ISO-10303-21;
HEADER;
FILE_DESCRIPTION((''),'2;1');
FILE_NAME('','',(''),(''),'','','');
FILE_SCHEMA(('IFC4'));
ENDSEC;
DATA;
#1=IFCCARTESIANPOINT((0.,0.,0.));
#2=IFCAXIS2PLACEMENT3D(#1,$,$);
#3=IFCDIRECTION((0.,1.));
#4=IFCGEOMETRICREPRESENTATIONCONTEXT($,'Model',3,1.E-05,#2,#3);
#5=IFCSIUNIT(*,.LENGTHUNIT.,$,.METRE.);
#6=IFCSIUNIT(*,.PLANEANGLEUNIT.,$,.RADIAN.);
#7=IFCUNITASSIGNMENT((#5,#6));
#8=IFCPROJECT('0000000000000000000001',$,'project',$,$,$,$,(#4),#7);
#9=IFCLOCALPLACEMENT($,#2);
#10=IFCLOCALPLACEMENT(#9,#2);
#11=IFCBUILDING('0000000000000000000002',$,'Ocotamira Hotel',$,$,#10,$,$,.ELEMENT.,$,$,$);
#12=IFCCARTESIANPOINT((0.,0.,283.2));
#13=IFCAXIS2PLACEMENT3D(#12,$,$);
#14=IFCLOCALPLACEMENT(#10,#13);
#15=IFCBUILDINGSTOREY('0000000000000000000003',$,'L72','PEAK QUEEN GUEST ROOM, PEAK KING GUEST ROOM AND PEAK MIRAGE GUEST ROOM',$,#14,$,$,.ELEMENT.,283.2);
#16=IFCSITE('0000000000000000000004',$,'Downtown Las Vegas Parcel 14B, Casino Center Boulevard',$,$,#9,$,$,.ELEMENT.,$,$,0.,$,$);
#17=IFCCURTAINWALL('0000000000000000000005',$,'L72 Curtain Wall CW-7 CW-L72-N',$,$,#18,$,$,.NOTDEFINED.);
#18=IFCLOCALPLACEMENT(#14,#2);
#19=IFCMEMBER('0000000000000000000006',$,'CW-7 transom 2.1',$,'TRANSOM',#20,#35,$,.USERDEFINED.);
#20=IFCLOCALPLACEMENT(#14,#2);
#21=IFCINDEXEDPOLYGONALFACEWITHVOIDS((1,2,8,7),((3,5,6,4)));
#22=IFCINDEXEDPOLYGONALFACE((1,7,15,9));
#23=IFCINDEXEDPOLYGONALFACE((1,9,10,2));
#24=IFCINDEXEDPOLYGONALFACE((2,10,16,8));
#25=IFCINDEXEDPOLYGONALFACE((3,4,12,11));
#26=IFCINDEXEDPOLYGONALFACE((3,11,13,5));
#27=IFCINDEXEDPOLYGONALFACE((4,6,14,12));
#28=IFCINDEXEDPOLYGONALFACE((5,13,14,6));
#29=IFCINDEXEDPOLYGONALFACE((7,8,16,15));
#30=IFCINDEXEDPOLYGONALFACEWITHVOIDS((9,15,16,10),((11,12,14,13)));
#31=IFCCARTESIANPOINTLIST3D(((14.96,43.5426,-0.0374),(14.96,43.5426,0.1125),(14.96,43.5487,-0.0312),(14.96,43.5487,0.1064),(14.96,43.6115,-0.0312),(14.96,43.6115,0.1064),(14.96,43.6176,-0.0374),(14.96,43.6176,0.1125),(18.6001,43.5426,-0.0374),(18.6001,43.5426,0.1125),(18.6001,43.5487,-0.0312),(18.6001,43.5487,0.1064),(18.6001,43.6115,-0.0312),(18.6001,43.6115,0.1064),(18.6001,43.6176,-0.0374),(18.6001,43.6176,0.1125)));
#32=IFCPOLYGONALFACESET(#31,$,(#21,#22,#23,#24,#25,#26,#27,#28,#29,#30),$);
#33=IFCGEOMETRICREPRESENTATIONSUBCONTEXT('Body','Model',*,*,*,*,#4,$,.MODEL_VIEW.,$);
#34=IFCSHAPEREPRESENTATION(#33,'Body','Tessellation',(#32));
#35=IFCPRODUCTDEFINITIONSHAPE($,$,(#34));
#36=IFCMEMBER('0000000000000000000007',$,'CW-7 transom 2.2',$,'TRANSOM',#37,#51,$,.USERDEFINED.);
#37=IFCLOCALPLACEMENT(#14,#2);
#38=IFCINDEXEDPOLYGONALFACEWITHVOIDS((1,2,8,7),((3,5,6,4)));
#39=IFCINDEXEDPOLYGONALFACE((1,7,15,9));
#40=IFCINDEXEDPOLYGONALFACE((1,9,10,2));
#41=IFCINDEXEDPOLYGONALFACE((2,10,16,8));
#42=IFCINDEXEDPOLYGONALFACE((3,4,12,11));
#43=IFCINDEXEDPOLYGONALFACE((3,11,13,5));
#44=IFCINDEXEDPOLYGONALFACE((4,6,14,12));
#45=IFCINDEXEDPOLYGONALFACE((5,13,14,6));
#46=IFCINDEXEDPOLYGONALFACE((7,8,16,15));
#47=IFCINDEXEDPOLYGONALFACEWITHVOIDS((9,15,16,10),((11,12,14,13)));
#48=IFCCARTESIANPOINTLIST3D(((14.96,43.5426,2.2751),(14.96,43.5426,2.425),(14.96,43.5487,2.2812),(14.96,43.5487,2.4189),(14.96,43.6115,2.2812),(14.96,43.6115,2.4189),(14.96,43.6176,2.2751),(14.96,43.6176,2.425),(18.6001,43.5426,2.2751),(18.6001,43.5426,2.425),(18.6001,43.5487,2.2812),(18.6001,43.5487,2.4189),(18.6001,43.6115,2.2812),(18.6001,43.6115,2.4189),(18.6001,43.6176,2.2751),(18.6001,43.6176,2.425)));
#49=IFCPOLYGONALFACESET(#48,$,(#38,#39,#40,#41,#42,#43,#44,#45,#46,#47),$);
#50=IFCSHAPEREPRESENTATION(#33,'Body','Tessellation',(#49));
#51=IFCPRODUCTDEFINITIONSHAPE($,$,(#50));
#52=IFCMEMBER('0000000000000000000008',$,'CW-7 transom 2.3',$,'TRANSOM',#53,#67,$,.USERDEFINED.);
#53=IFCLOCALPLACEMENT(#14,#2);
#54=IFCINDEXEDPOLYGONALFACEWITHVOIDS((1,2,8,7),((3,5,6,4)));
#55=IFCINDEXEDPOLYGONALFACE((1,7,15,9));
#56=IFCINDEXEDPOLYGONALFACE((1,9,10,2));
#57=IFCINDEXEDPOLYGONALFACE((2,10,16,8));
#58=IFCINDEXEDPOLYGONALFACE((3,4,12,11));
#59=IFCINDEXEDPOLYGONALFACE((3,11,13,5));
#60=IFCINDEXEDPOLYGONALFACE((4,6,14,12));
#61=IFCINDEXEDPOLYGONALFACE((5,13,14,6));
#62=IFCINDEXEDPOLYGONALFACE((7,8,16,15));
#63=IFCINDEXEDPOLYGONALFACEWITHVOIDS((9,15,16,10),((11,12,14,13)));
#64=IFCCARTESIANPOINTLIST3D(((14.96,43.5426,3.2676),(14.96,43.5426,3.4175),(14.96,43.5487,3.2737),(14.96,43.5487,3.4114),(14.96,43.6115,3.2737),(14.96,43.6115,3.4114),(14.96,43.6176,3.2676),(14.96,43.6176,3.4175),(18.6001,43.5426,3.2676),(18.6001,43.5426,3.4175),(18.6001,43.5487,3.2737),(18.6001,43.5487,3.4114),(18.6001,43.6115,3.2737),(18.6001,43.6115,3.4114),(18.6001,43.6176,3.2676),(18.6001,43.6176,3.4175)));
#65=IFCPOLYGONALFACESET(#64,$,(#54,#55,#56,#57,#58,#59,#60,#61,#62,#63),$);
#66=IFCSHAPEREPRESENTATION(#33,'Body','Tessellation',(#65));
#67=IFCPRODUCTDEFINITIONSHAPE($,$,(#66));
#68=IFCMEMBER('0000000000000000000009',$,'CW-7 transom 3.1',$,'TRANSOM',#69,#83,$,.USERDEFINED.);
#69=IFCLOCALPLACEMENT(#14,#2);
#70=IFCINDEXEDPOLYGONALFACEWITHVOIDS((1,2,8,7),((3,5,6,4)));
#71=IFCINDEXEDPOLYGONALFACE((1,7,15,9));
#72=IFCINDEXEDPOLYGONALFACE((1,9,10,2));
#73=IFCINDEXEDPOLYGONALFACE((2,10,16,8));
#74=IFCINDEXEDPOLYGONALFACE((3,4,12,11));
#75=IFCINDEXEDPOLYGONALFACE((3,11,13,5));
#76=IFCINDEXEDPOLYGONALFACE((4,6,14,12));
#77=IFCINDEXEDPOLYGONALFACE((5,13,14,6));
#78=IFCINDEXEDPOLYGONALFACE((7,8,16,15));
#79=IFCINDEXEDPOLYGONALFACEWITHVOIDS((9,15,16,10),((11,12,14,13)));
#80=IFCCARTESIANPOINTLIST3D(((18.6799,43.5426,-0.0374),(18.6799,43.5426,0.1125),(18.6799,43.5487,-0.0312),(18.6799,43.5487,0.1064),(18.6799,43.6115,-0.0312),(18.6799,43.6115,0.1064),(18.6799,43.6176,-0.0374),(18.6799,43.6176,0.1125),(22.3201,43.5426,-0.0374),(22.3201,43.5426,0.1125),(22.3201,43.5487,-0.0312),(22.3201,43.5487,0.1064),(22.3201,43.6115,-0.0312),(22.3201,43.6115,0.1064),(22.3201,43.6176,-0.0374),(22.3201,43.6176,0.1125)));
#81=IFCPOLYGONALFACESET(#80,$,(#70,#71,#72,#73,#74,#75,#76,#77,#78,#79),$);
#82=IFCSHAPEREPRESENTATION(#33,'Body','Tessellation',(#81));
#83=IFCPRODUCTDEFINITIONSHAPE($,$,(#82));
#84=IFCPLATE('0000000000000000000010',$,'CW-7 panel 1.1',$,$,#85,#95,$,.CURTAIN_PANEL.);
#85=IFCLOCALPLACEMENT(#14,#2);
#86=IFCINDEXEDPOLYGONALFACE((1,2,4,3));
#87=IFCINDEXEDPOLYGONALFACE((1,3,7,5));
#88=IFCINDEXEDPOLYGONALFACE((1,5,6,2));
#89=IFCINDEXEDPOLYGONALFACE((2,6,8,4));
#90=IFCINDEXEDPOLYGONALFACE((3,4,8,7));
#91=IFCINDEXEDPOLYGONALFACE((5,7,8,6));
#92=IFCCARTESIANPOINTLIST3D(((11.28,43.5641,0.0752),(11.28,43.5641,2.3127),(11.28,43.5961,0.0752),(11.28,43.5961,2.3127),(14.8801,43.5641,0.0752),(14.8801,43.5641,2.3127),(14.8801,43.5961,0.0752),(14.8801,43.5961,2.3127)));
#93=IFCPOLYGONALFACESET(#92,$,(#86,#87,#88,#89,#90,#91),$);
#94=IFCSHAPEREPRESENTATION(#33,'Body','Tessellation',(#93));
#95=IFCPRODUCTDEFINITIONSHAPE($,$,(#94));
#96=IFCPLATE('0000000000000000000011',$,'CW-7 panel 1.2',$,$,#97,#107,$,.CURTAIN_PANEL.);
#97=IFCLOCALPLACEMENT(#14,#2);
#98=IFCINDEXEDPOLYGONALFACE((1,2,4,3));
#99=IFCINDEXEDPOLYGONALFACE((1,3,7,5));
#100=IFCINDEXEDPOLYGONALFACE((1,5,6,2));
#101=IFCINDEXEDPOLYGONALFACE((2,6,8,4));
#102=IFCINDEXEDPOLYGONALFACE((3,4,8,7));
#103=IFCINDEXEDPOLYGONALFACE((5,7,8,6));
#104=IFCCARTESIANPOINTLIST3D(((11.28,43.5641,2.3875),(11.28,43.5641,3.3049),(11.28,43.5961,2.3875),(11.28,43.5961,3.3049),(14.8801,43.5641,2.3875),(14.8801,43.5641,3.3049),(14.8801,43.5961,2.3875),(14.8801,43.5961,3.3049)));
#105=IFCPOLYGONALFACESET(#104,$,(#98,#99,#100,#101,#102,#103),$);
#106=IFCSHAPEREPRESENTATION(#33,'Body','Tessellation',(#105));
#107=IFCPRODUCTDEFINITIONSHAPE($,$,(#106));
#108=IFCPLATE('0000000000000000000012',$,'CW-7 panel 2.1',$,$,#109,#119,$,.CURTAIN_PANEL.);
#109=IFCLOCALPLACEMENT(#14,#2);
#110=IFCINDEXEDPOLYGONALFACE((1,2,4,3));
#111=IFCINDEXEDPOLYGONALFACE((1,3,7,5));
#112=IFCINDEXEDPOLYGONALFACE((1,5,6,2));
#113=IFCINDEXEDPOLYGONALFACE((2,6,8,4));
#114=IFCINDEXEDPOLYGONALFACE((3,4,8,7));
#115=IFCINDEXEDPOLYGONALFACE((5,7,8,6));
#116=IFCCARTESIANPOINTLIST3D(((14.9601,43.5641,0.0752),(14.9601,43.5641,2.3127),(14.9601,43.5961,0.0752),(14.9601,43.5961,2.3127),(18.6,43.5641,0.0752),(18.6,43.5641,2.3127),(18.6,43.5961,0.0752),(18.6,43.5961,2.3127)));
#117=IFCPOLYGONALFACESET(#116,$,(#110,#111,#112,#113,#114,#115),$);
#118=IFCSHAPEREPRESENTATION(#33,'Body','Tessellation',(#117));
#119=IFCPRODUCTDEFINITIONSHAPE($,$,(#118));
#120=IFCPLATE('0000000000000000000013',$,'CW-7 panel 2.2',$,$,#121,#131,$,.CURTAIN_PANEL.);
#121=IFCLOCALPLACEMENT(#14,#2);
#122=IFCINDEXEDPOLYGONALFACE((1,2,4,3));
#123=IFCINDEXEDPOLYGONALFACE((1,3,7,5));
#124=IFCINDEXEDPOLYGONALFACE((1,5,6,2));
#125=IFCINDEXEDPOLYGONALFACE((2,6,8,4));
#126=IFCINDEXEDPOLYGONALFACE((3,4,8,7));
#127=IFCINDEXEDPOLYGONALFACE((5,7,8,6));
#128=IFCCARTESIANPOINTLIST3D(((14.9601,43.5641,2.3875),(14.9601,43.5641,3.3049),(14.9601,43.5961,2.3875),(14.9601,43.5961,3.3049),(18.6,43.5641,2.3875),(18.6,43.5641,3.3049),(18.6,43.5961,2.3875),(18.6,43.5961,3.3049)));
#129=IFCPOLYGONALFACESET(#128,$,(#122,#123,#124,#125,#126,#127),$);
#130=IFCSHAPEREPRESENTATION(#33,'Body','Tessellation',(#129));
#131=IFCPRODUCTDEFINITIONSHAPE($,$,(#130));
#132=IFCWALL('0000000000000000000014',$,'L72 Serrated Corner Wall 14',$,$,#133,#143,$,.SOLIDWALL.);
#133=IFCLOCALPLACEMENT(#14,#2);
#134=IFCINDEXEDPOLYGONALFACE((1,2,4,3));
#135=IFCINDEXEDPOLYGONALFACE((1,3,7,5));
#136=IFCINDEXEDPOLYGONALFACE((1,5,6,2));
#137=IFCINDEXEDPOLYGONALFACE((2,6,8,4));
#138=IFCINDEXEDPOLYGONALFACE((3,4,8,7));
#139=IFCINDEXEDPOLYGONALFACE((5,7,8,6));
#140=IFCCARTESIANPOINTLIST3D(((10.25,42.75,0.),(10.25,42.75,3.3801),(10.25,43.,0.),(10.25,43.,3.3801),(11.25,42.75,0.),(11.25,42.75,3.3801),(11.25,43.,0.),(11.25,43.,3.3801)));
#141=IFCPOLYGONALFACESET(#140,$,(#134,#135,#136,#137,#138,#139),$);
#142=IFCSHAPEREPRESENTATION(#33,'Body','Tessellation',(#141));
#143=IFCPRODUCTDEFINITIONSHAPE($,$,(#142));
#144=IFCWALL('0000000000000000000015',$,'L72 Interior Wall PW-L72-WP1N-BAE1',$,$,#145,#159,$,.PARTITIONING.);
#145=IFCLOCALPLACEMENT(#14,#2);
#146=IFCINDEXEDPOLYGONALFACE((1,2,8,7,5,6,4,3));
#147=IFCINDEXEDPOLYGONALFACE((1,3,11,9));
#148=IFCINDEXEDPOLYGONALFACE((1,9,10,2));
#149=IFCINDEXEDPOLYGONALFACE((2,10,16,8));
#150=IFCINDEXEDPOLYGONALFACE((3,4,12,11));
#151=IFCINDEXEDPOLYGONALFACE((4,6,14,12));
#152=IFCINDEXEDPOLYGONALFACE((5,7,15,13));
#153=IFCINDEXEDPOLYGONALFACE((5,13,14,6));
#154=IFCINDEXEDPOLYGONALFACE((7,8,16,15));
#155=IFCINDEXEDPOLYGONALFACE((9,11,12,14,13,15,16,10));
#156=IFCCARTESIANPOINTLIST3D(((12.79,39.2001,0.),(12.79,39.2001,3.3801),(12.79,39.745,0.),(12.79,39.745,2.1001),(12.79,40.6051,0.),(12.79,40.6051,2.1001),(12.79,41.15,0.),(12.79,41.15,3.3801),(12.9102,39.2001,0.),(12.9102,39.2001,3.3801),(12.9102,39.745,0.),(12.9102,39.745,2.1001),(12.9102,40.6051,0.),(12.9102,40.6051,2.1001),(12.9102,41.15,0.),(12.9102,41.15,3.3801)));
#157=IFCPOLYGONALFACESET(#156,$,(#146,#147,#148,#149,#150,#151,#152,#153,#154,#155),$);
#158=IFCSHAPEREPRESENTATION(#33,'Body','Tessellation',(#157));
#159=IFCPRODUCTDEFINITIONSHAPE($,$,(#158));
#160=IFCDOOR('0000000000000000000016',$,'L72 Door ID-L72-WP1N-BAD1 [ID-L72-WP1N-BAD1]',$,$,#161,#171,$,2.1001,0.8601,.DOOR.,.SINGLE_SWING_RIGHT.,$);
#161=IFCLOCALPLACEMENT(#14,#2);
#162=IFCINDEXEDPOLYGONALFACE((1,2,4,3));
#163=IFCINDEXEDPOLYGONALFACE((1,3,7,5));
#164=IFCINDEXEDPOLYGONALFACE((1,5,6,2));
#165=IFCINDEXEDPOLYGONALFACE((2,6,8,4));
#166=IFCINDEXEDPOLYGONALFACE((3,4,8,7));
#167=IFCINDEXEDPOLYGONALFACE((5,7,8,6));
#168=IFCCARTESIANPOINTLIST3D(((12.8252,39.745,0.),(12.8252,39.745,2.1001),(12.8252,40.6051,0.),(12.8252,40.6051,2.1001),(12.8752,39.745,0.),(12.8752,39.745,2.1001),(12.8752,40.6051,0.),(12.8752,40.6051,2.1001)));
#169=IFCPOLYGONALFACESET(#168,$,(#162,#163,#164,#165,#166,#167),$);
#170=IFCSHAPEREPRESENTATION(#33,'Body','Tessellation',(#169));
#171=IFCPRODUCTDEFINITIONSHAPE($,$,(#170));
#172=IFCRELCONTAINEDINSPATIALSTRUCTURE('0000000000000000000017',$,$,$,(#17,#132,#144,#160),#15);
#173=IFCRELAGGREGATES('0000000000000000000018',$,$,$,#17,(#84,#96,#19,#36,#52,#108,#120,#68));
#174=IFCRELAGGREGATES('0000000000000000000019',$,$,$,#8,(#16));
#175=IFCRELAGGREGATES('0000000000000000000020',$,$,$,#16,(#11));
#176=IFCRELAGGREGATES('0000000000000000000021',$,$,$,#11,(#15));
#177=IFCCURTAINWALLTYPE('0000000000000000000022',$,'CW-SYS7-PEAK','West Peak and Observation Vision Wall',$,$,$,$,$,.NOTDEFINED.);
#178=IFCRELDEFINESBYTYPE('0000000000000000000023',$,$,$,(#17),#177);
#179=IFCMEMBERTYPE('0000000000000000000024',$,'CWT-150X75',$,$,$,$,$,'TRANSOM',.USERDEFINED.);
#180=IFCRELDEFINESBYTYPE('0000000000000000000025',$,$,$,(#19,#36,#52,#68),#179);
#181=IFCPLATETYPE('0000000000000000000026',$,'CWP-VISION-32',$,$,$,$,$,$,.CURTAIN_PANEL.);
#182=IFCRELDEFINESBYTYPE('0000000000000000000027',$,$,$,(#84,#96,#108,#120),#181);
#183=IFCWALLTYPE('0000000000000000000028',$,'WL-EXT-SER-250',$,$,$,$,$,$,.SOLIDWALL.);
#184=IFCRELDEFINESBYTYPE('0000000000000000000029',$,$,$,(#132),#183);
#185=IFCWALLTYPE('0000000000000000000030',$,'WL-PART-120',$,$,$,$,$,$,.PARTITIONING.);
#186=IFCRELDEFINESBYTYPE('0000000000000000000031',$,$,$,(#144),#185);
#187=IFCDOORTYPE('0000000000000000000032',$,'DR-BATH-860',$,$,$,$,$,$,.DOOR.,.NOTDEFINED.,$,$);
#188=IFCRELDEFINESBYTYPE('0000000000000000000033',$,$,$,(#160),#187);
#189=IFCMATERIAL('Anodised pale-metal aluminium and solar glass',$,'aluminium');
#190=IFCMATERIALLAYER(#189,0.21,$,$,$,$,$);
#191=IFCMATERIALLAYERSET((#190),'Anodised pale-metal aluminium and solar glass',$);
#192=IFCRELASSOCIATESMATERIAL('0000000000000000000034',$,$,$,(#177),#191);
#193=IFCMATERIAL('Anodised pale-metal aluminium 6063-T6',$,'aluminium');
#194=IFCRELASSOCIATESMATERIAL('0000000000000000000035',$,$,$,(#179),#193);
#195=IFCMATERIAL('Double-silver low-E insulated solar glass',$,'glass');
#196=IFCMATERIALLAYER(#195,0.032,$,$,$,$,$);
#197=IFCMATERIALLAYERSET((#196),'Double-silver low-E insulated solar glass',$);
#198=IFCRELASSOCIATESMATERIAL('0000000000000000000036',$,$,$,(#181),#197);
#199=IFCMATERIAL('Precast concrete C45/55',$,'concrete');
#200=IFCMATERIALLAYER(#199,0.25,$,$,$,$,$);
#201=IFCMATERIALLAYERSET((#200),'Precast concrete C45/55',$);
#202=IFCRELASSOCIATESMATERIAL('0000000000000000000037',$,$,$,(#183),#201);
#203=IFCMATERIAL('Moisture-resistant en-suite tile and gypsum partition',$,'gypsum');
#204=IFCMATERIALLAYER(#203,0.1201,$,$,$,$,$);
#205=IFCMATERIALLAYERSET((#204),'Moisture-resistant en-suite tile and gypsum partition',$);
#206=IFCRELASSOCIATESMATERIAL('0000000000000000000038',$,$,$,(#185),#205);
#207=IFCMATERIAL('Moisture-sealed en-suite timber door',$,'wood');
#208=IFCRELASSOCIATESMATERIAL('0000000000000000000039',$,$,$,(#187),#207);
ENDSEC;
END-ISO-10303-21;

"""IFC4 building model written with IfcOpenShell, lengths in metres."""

from ifc_helpers import new_model, si_unit, direction, frame, frame_2d, origin, origin_2d, place, context, subcontext, project, spatial, rectangle, hollow_rectangle, extrude, source, transform, mapped, material, layer, layer_set, material_profile, profile_set, type_object, element, fill, aggregate, save


model = new_model("IFC4")

# Units and contexts
model_context = context("Model", 3, precision=1e-05, world=origin(), true_north=direction((0.0, 1.0)))
body_context = subcontext(model_context, "Body", "Model", "MODEL_VIEW")
ifc_project = project(units=[si_unit("LENGTHUNIT", "METRE"), si_unit("PLANEANGLEUNIT", "RADIAN")], contexts=[model_context])

# Site, building, storey
site_placement = place(None, origin())
site = spatial("IfcSite", under=ifc_project, at=site_placement, Name="Downtown Las Vegas Parcel 14B, Casino Center Boulevard", CompositionType="ELEMENT", RefElevation=0.0)
building_placement = place(site_placement, origin())
building = spatial("IfcBuilding", under=site, at=building_placement, Name="Ocotamira Hotel", CompositionType="ELEMENT")
storey_placement = place(building_placement, frame((0.0, 0.0, 283.2)))
storey = spatial("IfcBuildingStorey", under=building, at=storey_placement, Name="L72", Description="PEAK QUEEN GUEST ROOM, PEAK KING GUEST ROOM AND PEAK MIRAGE GUEST ROOM", CompositionType="ELEMENT", Elevation=283.2)

# Curtain wall, members, plates
ifc_material_1 = material(Name="Anodised pale-metal aluminium and solar glass", Category="aluminium")
ifc_layer_1 = layer(ifc_material_1, 0.21)
ifc_layer_set_1 = layer_set([ifc_layer_1], Name="Anodised pale-metal aluminium and solar glass")
curtain_wall_type = type_object("IfcCurtainWallType", Name="CW-SYS7-PEAK", Description="West Peak and Observation Vision Wall", PredefinedType="NOTDEFINED", material=ifc_layer_set_1)
curtain_wall_placement = place(storey_placement, origin())
curtain_wall = element("IfcCurtainWall", 1, at=curtain_wall_placement, inside=storey, type_object=curtain_wall_type, Name="L72 Curtain Wall CW-7 CW-L72-N", PredefinedType="NOTDEFINED")
ifc_material_2 = material(Name="Anodised pale-metal aluminium 6063-T6", Category="aluminium")
ifc_material_profile_1 = material_profile(ifc_material_2, hollow_rectangle(XDim=0.075, YDim=0.1499, WallThickness=0.0061, at=origin_2d()), Name="HSS150X75X6")
ifc_profile_set_1 = profile_set([ifc_material_profile_1], Name="Anodised pale-metal aluminium 6063-T6")
member_type_1 = type_object("IfcMemberType", Name="CWT-150X75", ElementType="TRANSOM", PredefinedType="USERDEFINED", material=ifc_profile_set_1)
shared_shape_1 = source(origin(), body_context, "Body", "SweptSolid", [
    extrude(hollow_rectangle(XDim=0.075, YDim=0.1499, WallThickness=0.0061, at=origin_2d()), origin(), (0.0, 0.0, 1.0), 3.6401),
])
member_1_placement = place(storey_placement, frame((14.96, 43.5801, 0.0376), z_axis=(1.0, 0.0, 0.0), x_axis=(0.0, 1.0, 0.0)))
member_1 = element("IfcMember", 2, at=member_1_placement, type_object=member_type_1, Name="CW-7 transom 2.1", ObjectType="TRANSOM", PredefinedType="USERDEFINED", context=body_context, shape_type="MappedRepresentation", body=[
    mapped(shared_shape_1, transform((0.0, 0.0, 0.0), scale=1.0)),
])
member_2_placement = place(storey_placement, frame((14.96, 43.5801, 2.3501), z_axis=(1.0, 0.0, 0.0), x_axis=(0.0, 1.0, 0.0)))
member_2 = element("IfcMember", 3, at=member_2_placement, type_object=member_type_1, Name="CW-7 transom 2.2", ObjectType="TRANSOM", PredefinedType="USERDEFINED", context=body_context, shape_type="MappedRepresentation", body=[
    mapped(shared_shape_1, transform((0.0, 0.0, 0.0), scale=1.0)),
])
member_3_placement = place(storey_placement, frame((14.96, 43.5801, 3.3425), z_axis=(1.0, 0.0, 0.0), x_axis=(0.0, 1.0, 0.0)))
member_3 = element("IfcMember", 4, at=member_3_placement, type_object=member_type_1, Name="CW-7 transom 2.3", ObjectType="TRANSOM", PredefinedType="USERDEFINED", context=body_context, shape_type="MappedRepresentation", body=[
    mapped(shared_shape_1, transform((0.0, 0.0, 0.0), scale=1.0)),
])
member_4_placement = place(storey_placement, frame((18.6799, 43.5801, 0.0376), z_axis=(1.0, 0.0, 0.0), x_axis=(0.0, 1.0, 0.0)))
member_4 = element("IfcMember", 5, at=member_4_placement, type_object=member_type_1, Name="CW-7 transom 3.1", ObjectType="TRANSOM", PredefinedType="USERDEFINED", context=body_context, shape_type="MappedRepresentation", body=[
    mapped(shared_shape_1, transform((0.0, 0.0, 0.0), scale=1.0)),
])
ifc_material_3 = material(Name="Double-silver low-E insulated solar glass", Category="glass")
ifc_layer_2 = layer(ifc_material_3, 0.032)
ifc_layer_set_2 = layer_set([ifc_layer_2], Name="Double-silver low-E insulated solar glass")
plate_type = type_object("IfcPlateType", Name="CWP-VISION-32", PredefinedType="CURTAIN_PANEL", material=ifc_layer_set_2)
shared_shape_2 = source(origin(), body_context, "Body", "SweptSolid", [
    extrude(rectangle(XDim=3.6001, YDim=0.032, at=origin_2d()), origin(), (0.0, 0.0, 1.0), 2.2375),
])
plate_1_placement = place(storey_placement, frame((13.0801, 43.5801, 0.0752), z_axis=(0.0, 0.0, 1.0), x_axis=(1.0, 0.0, 0.0)))
plate_1 = element("IfcPlate", 6, at=plate_1_placement, type_object=plate_type, Name="CW-7 panel 1.1", PredefinedType="CURTAIN_PANEL", context=body_context, shape_type="MappedRepresentation", body=[
    mapped(shared_shape_2, transform((0.0, 0.0, 0.0), scale=1.0)),
])
shared_shape_3 = source(origin(), body_context, "Body", "SweptSolid", [
    extrude(rectangle(XDim=3.6001, YDim=0.032, at=origin_2d()), origin(), (0.0, 0.0, 1.0), 0.9175),
])
plate_2_placement = place(storey_placement, frame((13.0801, 43.5801, 2.3875), z_axis=(0.0, 0.0, 1.0), x_axis=(1.0, 0.0, 0.0)))
plate_2 = element("IfcPlate", 7, at=plate_2_placement, type_object=plate_type, Name="CW-7 panel 1.2", PredefinedType="CURTAIN_PANEL", context=body_context, shape_type="MappedRepresentation", body=[
    mapped(shared_shape_3, transform((0.0, 0.0, 0.0), scale=1.0)),
])
shared_shape_4 = source(origin(), body_context, "Body", "SweptSolid", [
    extrude(rectangle(XDim=3.6399, YDim=0.032, at=origin_2d()), origin(), (0.0, 0.0, 1.0), 2.2375),
])
plate_3_placement = place(storey_placement, frame((16.78, 43.5801, 0.0752), z_axis=(0.0, 0.0, 1.0), x_axis=(1.0, 0.0, 0.0)))
plate_3 = element("IfcPlate", 8, at=plate_3_placement, type_object=plate_type, Name="CW-7 panel 2.1", PredefinedType="CURTAIN_PANEL", context=body_context, shape_type="MappedRepresentation", body=[
    mapped(shared_shape_4, transform((0.0, 0.0, 0.0), scale=1.0)),
])
shared_shape_5 = source(origin(), body_context, "Body", "SweptSolid", [
    extrude(rectangle(XDim=3.6399, YDim=0.032, at=origin_2d()), origin(), (0.0, 0.0, 1.0), 0.9175),
])
plate_4_placement = place(storey_placement, frame((16.78, 43.5801, 2.3875), z_axis=(0.0, 0.0, 1.0), x_axis=(1.0, 0.0, 0.0)))
plate_4 = element("IfcPlate", 9, at=plate_4_placement, type_object=plate_type, Name="CW-7 panel 2.2", PredefinedType="CURTAIN_PANEL", context=body_context, shape_type="MappedRepresentation", body=[
    mapped(shared_shape_5, transform((0.0, 0.0, 0.0), scale=1.0)),
])
aggregate(curtain_wall, [plate_1, plate_2, member_1, member_2, member_3, plate_3, plate_4, member_4])

# Wall
ifc_material_4 = material(Name="Precast concrete C45/55", Category="concrete")
ifc_layer_3 = layer(ifc_material_4, 0.25)
ifc_layer_set_3 = layer_set([ifc_layer_3], Name="Precast concrete C45/55")
wall_type_1 = type_object("IfcWallType", Name="WL-EXT-SER-250", PredefinedType="SOLIDWALL", material=ifc_layer_set_3)
wall_1_placement = place(storey_placement, frame((11.25, 42.875, 0.0), z_axis=(0.0, 0.0, 1.0), x_axis=(-1.0, 0.0, 0.0)))
element("IfcWall", 10, at=wall_1_placement, inside=storey, type_object=wall_type_1, Name="L72 Serrated Corner Wall 14", PredefinedType="SOLIDWALL", context=body_context, shape_type="SweptSolid", body=[
    extrude(rectangle(XDim=1.0, YDim=0.25, at=frame_2d((0.5, 0.0))), origin(), (0.0, 0.0, 1.0), 3.3801),
])

# Wall, opening, door
ifc_material_5 = material(Name="Moisture-resistant en-suite tile and gypsum partition", Category="gypsum")
ifc_layer_4 = layer(ifc_material_5, 0.1201)
ifc_layer_set_4 = layer_set([ifc_layer_4], Name="Moisture-resistant en-suite tile and gypsum partition")
wall_type_2 = type_object("IfcWallType", Name="WL-PART-120", PredefinedType="PARTITIONING", material=ifc_layer_set_4)
wall_2_placement = place(storey_placement, frame((12.8501, 39.2, 0.0), z_axis=(0.0, 0.0, 1.0), x_axis=(0.0, 1.0, 0.0)))
wall_2 = element("IfcWall", 11, at=wall_2_placement, inside=storey, type_object=wall_type_2, Name="L72 Interior Wall PW-L72-WP1N-BAE1", PredefinedType="PARTITIONING", context=body_context, shape_type="SweptSolid", body=[
    extrude(rectangle(XDim=1.95, YDim=0.1201, at=frame_2d((0.9751, 0.0))), origin(), (0.0, 0.0, 1.0), 3.3801),
])
opening_placement = place(wall_2_placement, frame((0.5449, 0.0, 0.0)))
opening = element("IfcOpeningElement", 12, at=opening_placement, cuts=wall_2, PredefinedType="OPENING", context=body_context, shape_type="SweptSolid", body=[
    extrude(rectangle(XDim=0.8601, YDim=2.1001, at=frame_2d((0.4302, 1.05))), frame((0.0, 0.0701, 0.0), z_axis=(0.0, -1.0, 0.0), x_axis=(1.0, 0.0, 0.0)), (0.0, 0.0, 1.0), 0.1401),
])
ifc_material_6 = material(Name="Moisture-sealed en-suite timber door", Category="wood")
door_type = type_object("IfcDoorType", Name="DR-BATH-860", OperationType="NOTDEFINED", PredefinedType="DOOR", material=ifc_material_6)
shared_shape_6 = source(origin(), body_context, "Body", "SweptSolid", [
    extrude(rectangle(XDim=0.8601, YDim=2.1001, at=frame_2d((0.4302, 1.05))), frame((0.0, 0.0249, 0.0), z_axis=(0.0, -1.0, 0.0), x_axis=(1.0, 0.0, 0.0)), (0.0, 0.0, 1.0), 0.05),
])
door_placement = place(opening_placement, origin())
door = element("IfcDoor", 13, at=door_placement, inside=storey, type_object=door_type, Name="L72 Door ID-L72-WP1N-BAD1 [ID-L72-WP1N-BAD1]", OperationType="SINGLE_SWING_RIGHT", OverallHeight=2.1001, OverallWidth=0.8601, PredefinedType="DOOR", context=body_context, shape_type="MappedRepresentation", body=[
    mapped(shared_shape_6, transform((0.0, 0.0, 0.0), scale=1.0)),
])
fill(opening, door)

save(model, "model.ifc")
